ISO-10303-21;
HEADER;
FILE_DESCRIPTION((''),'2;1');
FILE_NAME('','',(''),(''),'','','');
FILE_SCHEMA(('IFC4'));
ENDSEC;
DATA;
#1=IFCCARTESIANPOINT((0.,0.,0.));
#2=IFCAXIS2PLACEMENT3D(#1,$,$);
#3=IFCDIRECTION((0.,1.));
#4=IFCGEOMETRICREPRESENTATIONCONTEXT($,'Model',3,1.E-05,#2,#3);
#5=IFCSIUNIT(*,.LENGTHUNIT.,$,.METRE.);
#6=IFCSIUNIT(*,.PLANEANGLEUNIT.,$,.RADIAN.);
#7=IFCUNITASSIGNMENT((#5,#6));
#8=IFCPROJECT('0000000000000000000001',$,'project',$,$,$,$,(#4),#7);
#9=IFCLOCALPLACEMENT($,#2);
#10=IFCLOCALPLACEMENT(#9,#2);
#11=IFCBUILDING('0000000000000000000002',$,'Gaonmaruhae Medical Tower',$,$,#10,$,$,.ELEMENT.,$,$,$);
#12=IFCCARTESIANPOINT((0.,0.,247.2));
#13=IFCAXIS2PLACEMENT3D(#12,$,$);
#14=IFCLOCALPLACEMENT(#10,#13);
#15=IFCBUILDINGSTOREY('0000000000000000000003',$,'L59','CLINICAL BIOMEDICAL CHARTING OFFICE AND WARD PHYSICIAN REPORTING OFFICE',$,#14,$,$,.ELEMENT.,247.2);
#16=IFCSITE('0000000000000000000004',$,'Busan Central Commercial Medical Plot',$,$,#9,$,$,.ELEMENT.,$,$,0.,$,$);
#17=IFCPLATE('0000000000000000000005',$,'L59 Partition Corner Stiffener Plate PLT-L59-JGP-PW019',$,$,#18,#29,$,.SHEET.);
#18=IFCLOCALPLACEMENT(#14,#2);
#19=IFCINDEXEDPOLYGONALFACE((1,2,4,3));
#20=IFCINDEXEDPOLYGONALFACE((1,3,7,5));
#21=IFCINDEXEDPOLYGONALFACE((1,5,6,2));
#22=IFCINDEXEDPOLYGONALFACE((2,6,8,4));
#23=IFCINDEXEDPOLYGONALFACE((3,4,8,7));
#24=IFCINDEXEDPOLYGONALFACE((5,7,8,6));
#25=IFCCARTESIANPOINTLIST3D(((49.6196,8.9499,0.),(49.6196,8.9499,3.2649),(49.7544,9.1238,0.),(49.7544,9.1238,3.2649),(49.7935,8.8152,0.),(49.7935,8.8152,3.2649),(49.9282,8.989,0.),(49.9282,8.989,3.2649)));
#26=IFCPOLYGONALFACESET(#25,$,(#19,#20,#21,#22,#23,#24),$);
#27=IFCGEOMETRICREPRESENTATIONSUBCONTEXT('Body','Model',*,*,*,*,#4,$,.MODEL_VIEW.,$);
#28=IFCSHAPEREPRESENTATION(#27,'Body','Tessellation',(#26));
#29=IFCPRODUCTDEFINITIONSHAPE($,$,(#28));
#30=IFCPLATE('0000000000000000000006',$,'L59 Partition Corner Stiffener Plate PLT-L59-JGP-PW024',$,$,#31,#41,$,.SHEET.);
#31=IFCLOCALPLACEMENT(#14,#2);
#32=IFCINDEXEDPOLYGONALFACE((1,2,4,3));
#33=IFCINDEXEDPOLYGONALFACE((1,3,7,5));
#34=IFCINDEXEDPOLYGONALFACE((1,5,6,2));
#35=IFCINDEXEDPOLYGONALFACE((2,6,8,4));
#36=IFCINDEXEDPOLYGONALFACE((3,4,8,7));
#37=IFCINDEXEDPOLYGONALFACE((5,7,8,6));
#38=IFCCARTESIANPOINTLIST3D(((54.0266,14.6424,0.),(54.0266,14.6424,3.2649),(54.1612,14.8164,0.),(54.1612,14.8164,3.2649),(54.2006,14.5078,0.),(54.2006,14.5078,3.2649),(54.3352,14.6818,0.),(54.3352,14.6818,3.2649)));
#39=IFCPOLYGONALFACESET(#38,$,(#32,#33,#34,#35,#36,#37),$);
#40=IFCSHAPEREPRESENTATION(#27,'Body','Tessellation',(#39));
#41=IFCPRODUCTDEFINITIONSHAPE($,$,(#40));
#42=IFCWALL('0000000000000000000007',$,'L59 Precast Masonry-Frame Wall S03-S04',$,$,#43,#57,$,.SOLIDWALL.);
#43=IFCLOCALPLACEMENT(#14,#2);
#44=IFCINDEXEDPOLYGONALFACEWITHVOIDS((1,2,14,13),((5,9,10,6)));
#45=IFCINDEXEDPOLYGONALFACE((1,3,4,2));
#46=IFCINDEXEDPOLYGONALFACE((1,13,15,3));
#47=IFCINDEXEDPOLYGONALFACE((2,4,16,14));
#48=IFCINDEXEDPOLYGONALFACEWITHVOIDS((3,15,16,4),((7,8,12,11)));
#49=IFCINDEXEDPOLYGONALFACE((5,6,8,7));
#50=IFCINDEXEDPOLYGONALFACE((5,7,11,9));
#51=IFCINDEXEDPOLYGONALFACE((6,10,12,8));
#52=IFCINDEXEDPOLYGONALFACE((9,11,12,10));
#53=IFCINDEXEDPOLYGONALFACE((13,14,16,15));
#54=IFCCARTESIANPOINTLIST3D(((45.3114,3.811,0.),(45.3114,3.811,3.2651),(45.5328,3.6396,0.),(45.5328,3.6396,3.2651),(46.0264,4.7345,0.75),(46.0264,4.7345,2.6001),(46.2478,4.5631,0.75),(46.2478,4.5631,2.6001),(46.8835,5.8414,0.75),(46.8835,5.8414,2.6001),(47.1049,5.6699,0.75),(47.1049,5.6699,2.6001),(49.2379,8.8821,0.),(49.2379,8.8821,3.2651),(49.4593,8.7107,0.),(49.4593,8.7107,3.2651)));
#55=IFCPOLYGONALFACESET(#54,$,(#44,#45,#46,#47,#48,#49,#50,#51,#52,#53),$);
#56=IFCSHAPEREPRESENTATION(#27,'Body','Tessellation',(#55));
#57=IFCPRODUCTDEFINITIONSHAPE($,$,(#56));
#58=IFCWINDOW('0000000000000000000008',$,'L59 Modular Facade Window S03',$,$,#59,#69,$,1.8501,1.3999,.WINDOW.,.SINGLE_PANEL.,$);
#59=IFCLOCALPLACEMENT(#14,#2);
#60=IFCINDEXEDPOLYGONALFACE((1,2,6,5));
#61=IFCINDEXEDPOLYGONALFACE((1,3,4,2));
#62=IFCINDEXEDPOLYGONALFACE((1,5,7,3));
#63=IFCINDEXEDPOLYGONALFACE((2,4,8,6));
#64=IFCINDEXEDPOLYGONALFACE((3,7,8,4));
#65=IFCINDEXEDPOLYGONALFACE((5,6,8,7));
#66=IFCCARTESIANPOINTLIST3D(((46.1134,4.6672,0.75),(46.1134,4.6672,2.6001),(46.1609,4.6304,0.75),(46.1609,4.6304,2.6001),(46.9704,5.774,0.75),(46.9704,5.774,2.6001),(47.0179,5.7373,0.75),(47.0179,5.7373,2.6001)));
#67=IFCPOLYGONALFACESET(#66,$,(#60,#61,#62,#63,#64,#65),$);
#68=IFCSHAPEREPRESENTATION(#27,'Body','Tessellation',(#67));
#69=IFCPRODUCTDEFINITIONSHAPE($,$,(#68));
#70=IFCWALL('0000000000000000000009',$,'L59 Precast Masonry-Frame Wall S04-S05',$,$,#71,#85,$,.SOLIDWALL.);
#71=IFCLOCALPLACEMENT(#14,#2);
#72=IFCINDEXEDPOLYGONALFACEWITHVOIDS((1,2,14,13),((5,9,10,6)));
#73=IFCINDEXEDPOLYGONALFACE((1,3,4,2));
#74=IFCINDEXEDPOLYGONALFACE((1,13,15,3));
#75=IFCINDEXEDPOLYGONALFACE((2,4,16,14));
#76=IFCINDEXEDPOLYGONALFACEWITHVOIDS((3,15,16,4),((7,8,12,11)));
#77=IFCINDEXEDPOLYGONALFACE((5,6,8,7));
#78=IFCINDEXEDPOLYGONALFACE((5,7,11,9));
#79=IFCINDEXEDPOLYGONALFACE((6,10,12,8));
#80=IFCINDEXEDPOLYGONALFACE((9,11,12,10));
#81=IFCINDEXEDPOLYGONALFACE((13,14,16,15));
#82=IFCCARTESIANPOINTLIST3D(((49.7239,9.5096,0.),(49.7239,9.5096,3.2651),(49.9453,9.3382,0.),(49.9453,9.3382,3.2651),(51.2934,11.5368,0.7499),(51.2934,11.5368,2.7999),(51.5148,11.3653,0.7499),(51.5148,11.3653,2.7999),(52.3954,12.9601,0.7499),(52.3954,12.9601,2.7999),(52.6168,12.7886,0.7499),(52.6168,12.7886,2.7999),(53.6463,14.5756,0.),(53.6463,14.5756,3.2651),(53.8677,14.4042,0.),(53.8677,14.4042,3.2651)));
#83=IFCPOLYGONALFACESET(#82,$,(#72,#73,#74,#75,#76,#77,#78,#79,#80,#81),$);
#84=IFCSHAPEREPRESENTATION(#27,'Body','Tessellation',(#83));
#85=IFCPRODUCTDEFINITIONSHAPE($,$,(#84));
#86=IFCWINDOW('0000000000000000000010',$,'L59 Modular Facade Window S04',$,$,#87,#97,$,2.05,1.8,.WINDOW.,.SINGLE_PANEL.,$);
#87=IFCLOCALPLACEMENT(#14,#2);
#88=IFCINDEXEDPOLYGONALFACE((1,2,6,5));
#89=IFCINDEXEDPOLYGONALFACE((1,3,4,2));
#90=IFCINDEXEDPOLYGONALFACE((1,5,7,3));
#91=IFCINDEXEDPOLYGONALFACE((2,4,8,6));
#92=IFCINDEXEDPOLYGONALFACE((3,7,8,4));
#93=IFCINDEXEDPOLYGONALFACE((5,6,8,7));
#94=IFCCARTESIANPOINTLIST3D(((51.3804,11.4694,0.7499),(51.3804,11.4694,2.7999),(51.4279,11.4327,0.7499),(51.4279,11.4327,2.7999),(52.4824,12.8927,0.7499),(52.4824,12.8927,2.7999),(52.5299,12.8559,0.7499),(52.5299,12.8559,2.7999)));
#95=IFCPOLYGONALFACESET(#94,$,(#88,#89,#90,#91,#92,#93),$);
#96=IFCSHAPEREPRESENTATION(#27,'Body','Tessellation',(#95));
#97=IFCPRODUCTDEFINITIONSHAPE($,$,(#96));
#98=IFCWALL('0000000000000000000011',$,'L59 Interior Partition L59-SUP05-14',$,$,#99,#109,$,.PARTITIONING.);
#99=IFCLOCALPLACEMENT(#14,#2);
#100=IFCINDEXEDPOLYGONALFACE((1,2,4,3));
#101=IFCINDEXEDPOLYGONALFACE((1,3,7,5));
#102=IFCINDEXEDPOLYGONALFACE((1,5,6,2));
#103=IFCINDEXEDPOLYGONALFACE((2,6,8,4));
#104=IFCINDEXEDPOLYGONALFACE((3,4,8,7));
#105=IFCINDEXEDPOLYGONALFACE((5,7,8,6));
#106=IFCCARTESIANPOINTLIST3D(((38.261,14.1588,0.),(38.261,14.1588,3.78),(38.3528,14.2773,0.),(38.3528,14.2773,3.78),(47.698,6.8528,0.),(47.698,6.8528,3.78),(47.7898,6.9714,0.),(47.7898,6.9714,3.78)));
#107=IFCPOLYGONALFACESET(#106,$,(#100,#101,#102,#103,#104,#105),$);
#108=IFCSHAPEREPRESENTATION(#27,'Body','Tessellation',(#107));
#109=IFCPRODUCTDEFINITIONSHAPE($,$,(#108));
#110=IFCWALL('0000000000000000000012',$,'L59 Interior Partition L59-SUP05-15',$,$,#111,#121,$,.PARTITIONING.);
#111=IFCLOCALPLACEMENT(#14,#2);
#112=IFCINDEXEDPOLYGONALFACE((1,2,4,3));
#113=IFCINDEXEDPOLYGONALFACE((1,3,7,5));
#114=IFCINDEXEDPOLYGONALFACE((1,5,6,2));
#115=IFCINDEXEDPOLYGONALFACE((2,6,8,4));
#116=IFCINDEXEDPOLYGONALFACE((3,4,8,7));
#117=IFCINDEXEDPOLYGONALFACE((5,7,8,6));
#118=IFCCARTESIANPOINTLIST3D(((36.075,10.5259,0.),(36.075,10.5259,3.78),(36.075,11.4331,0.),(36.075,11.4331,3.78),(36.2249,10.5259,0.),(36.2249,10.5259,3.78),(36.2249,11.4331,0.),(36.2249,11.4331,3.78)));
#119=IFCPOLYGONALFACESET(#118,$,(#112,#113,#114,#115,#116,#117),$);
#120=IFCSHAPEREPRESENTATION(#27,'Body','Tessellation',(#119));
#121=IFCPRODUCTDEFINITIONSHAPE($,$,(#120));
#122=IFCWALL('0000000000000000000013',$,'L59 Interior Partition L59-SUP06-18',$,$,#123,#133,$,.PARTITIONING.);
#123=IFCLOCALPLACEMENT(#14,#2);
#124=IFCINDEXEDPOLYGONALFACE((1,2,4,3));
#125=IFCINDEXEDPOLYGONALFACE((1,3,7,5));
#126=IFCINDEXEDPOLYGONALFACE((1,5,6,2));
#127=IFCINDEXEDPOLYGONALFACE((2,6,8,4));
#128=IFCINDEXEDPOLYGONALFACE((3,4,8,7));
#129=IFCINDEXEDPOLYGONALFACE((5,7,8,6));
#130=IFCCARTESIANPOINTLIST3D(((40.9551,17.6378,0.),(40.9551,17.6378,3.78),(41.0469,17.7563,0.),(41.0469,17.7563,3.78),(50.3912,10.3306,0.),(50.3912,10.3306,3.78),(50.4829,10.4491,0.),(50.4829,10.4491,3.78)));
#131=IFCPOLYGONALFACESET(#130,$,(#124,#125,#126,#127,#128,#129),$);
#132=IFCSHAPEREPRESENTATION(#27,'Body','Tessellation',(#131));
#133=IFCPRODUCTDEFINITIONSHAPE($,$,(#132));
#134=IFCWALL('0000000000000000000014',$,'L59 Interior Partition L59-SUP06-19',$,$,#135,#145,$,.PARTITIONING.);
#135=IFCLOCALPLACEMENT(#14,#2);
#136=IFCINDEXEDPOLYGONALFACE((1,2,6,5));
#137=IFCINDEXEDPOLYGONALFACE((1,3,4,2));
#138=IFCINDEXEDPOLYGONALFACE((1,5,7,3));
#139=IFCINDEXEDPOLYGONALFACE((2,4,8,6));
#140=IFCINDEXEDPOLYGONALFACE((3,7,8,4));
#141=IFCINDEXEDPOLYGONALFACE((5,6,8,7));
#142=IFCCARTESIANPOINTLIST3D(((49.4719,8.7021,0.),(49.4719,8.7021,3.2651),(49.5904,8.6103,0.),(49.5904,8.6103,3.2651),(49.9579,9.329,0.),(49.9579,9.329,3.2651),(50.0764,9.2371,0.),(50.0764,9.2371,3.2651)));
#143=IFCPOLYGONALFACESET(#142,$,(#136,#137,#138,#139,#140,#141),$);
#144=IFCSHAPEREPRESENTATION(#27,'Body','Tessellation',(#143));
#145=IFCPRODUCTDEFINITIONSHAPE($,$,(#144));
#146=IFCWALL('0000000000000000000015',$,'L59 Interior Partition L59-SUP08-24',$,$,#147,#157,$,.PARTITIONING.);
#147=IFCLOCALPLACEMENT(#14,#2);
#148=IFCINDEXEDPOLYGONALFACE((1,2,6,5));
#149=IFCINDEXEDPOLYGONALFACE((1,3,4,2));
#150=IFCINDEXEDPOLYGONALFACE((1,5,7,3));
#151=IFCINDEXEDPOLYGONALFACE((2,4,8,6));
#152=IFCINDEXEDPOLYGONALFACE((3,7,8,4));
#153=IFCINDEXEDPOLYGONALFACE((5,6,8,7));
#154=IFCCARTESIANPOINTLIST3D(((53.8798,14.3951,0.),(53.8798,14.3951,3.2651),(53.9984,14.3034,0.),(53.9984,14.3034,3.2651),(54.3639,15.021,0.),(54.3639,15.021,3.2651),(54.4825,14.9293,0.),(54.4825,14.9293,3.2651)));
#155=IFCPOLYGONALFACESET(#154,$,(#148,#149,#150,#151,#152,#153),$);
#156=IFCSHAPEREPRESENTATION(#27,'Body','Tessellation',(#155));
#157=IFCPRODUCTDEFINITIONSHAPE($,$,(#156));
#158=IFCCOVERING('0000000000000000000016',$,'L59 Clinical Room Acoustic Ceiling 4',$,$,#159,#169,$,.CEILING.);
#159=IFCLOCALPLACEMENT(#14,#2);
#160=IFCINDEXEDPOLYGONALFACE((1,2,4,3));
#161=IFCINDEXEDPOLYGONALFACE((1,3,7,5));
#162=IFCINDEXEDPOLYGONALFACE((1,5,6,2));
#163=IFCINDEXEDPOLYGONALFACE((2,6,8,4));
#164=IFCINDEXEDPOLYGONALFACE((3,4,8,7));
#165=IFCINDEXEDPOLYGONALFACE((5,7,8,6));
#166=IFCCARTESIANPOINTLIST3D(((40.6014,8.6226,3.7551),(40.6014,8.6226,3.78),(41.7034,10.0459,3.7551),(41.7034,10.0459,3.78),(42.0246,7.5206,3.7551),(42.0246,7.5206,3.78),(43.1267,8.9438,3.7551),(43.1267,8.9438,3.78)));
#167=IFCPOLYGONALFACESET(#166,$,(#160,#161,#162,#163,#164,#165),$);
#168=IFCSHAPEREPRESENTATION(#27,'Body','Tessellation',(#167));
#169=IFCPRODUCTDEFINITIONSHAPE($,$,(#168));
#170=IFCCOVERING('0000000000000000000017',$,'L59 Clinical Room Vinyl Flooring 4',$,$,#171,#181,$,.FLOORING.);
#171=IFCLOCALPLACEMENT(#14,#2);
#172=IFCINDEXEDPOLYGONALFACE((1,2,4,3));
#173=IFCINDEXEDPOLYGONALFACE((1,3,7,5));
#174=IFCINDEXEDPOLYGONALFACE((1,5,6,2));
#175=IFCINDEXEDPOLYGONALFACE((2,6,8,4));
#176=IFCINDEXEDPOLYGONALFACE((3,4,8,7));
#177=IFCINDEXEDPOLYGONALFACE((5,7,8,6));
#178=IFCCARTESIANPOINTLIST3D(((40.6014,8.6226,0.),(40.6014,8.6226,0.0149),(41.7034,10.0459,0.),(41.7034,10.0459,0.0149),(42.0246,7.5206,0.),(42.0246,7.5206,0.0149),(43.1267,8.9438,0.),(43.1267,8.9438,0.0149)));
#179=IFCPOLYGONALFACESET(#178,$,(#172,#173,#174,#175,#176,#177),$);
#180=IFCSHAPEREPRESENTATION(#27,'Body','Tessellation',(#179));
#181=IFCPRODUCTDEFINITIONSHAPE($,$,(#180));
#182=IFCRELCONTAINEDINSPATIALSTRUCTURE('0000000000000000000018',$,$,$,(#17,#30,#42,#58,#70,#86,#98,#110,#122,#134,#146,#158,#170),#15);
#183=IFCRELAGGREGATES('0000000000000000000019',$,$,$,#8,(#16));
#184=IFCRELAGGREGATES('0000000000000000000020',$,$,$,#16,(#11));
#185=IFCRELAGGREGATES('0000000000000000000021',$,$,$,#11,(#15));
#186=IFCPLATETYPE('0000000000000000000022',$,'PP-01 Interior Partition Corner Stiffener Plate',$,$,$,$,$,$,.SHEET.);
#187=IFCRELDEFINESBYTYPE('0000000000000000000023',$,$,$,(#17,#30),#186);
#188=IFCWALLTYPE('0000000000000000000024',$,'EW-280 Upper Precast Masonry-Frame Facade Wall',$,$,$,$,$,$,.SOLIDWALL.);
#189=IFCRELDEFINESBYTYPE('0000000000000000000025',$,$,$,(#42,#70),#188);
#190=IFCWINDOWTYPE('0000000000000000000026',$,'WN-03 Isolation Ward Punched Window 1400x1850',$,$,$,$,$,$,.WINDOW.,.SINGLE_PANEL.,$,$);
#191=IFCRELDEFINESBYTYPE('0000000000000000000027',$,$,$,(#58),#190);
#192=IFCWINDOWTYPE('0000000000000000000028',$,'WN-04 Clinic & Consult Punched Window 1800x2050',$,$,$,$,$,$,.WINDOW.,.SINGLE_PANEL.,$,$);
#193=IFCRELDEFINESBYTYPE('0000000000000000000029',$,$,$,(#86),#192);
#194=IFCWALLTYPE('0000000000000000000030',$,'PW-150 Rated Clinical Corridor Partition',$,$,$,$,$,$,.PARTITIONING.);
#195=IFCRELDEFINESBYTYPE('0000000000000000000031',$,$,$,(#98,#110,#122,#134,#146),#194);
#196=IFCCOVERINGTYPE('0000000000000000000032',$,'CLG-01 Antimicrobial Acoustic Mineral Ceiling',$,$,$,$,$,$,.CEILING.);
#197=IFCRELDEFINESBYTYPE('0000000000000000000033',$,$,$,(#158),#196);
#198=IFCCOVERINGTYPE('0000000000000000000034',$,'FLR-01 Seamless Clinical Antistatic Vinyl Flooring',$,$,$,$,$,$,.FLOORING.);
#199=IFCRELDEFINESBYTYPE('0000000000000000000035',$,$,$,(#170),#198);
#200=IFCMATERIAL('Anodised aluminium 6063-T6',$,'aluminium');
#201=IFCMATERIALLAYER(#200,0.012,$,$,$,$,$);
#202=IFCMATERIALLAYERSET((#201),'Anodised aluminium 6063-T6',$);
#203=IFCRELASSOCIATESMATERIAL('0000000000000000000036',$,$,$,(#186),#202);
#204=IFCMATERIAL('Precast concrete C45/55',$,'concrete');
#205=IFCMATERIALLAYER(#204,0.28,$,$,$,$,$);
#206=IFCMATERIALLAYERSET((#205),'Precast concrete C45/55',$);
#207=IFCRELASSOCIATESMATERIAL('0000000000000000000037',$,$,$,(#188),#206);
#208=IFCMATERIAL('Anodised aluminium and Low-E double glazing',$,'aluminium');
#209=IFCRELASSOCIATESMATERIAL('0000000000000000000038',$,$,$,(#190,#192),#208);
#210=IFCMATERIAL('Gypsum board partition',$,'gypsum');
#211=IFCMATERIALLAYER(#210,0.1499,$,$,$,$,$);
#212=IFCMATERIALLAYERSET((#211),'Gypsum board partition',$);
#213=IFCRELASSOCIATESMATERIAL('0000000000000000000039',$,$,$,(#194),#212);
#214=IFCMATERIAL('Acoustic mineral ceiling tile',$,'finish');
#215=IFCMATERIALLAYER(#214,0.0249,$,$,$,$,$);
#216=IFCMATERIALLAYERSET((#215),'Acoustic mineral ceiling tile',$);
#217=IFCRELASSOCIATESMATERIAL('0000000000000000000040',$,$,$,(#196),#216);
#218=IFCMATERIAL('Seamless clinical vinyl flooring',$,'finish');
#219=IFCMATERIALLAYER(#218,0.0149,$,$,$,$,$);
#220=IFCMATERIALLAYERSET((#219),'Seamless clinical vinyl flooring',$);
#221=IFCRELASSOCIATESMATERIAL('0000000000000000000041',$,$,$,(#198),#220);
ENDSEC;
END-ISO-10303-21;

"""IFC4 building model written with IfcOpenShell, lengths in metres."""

from ifc_helpers import new_model, si_unit, direction, frame, frame_2d, origin, origin_2d, place, context, subcontext, project, spatial, rectangle, extrude, material, layer, layer_set, type_object, element, fill, save


model = new_model("IFC4")

# Units and contexts
model_context = context("Model", 3, precision=1e-05, world=origin(), true_north=direction((0.0, 1.0)))
body_context = subcontext(model_context, "Body", "Model", "MODEL_VIEW")
ifc_project = project(units=[si_unit("LENGTHUNIT", "METRE"), si_unit("PLANEANGLEUNIT", "RADIAN")], contexts=[model_context])

# Site, building, storey
site_placement = place(None, origin())
site = spatial("IfcSite", under=ifc_project, at=site_placement, Name="Busan Central Commercial Medical Plot", CompositionType="ELEMENT", RefElevation=0.0)
building_placement = place(site_placement, origin())
building = spatial("IfcBuilding", under=site, at=building_placement, Name="Gaonmaruhae Medical Tower", CompositionType="ELEMENT")
storey_placement = place(building_placement, frame((0.0, 0.0, 247.2)))
storey = spatial("IfcBuildingStorey", under=building, at=storey_placement, Name="L59", Description="CLINICAL BIOMEDICAL CHARTING OFFICE AND WARD PHYSICIAN REPORTING OFFICE", CompositionType="ELEMENT", Elevation=247.2)

# Plates
ifc_material_1 = material(Name="Anodised aluminium 6063-T6", Category="aluminium")
ifc_layer_1 = layer(ifc_material_1, 0.012)
ifc_layer_set_1 = layer_set([ifc_layer_1], Name="Anodised aluminium 6063-T6")
plate_type = type_object("IfcPlateType", Name="PP-01 Interior Partition Corner Stiffener Plate", PredefinedType="SHEET", material=ifc_layer_set_1)
for number, where, z_axis, x_axis, name in (
    (1, (49.7739, 8.9695, 0.0), (0.0, 0.0, 1.0), (-0.612631, -0.790369, 0.0), "L59 Partition Corner Stiffener Plate PLT-L59-JGP-PW019"),
    (2, (54.1809, 14.6621, 0.0), (0.0, 0.0, 1.0), (-0.611665, -0.791117, 0.0), "L59 Partition Corner Stiffener Plate PLT-L59-JGP-PW024"),
):
    element("IfcPlate", number, at=place(storey_placement, frame(where, z_axis=z_axis, x_axis=x_axis)), inside=storey, type_object=plate_type, Name=name, PredefinedType="SHEET", context=body_context, shape_type="SweptSolid", body=[
        extrude(rectangle(XDim=0.22, YDim=0.22, at=origin_2d()), origin(), (0.0, 0.0, 1.0), 3.2649),
    ])

# Walls, openings, windows
ifc_material_2 = material(Name="Precast concrete C45/55", Category="concrete")
ifc_layer_2 = layer(ifc_material_2, 0.28)
ifc_layer_set_2 = layer_set([ifc_layer_2], Name="Precast concrete C45/55")
wall_type_1 = type_object("IfcWallType", Name="EW-280 Upper Precast Masonry-Frame Facade Wall", PredefinedType="SOLIDWALL", material=ifc_layer_set_2)
wall_1_placement = place(storey_placement, frame((49.3486, 8.7964, 0.0), z_axis=(0.0, 0.0, 1.0), x_axis=(-0.612226, -0.790683, 0.0)))
wall_1 = element("IfcWall", 3, at=wall_1_placement, inside=storey, type_object=wall_type_1, Name="L59 Precast Masonry-Frame Wall S03-S04", PredefinedType="SOLIDWALL", context=body_context, shape_type="SweptSolid", body=[
    extrude(rectangle(XDim=6.4136, YDim=0.28, at=frame_2d((3.2068, 0.0))), origin(), (0.0, 0.0, 1.0), 3.2651),
])
opening_1_placement = place(wall_1_placement, frame((3.8457, 0.0, 0.75)))
opening_1 = element("IfcOpeningElement", 4, at=opening_1_placement, cuts=wall_1, PredefinedType="OPENING", context=body_context, shape_type="SweptSolid", body=[
    extrude(rectangle(XDim=1.3999, YDim=1.8501, at=frame_2d((0.7, 0.925))), frame((0.0, 0.1499, 0.0), z_axis=(0.0, -1.0, 0.0), x_axis=(1.0, 0.0, 0.0)), (0.0, 0.0, 1.0), 0.3),
])
ifc_material_3 = material(Name="Anodised aluminium and Low-E double glazing", Category="aluminium")
window_type_1 = type_object("IfcWindowType", Name="WN-03 Isolation Ward Punched Window 1400x1850", PartitioningType="SINGLE_PANEL", PredefinedType="WINDOW", material=ifc_material_3)
window_1_placement = place(opening_1_placement, origin())
window_1 = element("IfcWindow", 5, at=window_1_placement, inside=storey, type_object=window_type_1, Name="L59 Modular Facade Window S03", OverallHeight=1.8501, OverallWidth=1.3999, PartitioningType="SINGLE_PANEL", PredefinedType="WINDOW", context=body_context, shape_type="SweptSolid", body=[
    extrude(rectangle(XDim=1.3999, YDim=1.8501, at=frame_2d((0.7, 0.925))), frame((0.0, 0.03, 0.0), z_axis=(0.0, -1.0, 0.0), x_axis=(1.0, 0.0, 0.0)), (0.0, 0.0, 1.0), 0.0601),
])
fill(opening_1, window_1)
wall_2_placement = place(storey_placement, frame((53.7571, 14.49, 0.0), z_axis=(0.0, 0.0, 1.0), x_axis=(-0.612209, -0.790696, 0.0)))
wall_2 = element("IfcWall", 6, at=wall_2_placement, inside=storey, type_object=wall_type_1, Name="L59 Precast Masonry-Frame Wall S04-S05", PredefinedType="SOLIDWALL", context=body_context, shape_type="SweptSolid", body=[
    extrude(rectangle(XDim=6.407, YDim=0.28, at=frame_2d((3.2036, 0.0))), origin(), (0.0, 0.0, 1.0), 3.2651),
])
opening_2_placement = place(wall_2_placement, frame((2.0435, 0.0, 0.75)))
opening_2 = element("IfcOpeningElement", 7, at=opening_2_placement, cuts=wall_2, PredefinedType="OPENING", context=body_context, shape_type="SweptSolid", body=[
    extrude(rectangle(XDim=1.8, YDim=2.05, at=frame_2d((0.8999, 1.0249))), frame((0.0, 0.1499, 0.0), z_axis=(0.0, -1.0, 0.0), x_axis=(1.0, 0.0, 0.0)), (0.0, 0.0, 1.0), 0.3),
])
window_type_2 = type_object("IfcWindowType", Name="WN-04 Clinic & Consult Punched Window 1800x2050", PartitioningType="SINGLE_PANEL", PredefinedType="WINDOW", material=ifc_material_3)
window_2_placement = place(opening_2_placement, origin())
window_2 = element("IfcWindow", 8, at=window_2_placement, inside=storey, type_object=window_type_2, Name="L59 Modular Facade Window S04", OverallHeight=2.05, OverallWidth=1.8, PartitioningType="SINGLE_PANEL", PredefinedType="WINDOW", context=body_context, shape_type="SweptSolid", body=[
    extrude(rectangle(XDim=1.8, YDim=2.05, at=frame_2d((0.8999, 1.0249))), frame((0.0, 0.03, 0.0), z_axis=(0.0, -1.0, 0.0), x_axis=(1.0, 0.0, 0.0)), (0.0, 0.0, 1.0), 0.0601),
])
fill(opening_2, window_2)

# Walls
ifc_material_4 = material(Name="Gypsum board partition", Category="gypsum")
ifc_layer_3 = layer(ifc_material_4, 0.1499)
ifc_layer_set_3 = layer_set([ifc_layer_3], Name="Gypsum board partition")
wall_type_2 = type_object("IfcWallType", Name="PW-150 Rated Clinical Corridor Partition", PredefinedType="PARTITIONING", material=ifc_layer_set_3)
wall_3_placement = place(storey_placement, frame((38.3069, 14.218, 0.0), z_axis=(0.0, 0.0, 1.0), x_axis=(0.79073, -0.612165, 0.0)))
element("IfcWall", 9, at=wall_3_placement, inside=storey, type_object=wall_type_2, Name="L59 Interior Partition L59-SUP05-14", PredefinedType="PARTITIONING", context=body_context, shape_type="SweptSolid", body=[
    extrude(rectangle(XDim=11.9346, YDim=0.1499, at=frame_2d((5.9673, 0.0))), origin(), (0.0, 0.0, 1.0), 3.78),
])
wall_4_placement = place(storey_placement, frame((36.1499, 10.5259, 0.0), z_axis=(0.0, 0.0, 1.0), x_axis=(0.0, 1.0, 0.0)))
element("IfcWall", 10, at=wall_4_placement, inside=storey, type_object=wall_type_2, Name="L59 Interior Partition L59-SUP05-15", PredefinedType="PARTITIONING", context=body_context, shape_type="SweptSolid", body=[
    extrude(rectangle(XDim=0.9072, YDim=0.1499, at=frame_2d((0.4536, 0.0))), origin(), (0.0, 0.0, 1.0), 3.78),
])

# Walls
wall_5_placement = place(storey_placement, frame((41.001, 17.697, 0.0), z_axis=(0.0, 0.0, 1.0), x_axis=(0.79065, -0.612268, 0.0)))
element("IfcWall", 11, at=wall_5_placement, inside=storey, type_object=wall_type_2, Name="L59 Interior Partition L59-SUP06-18", PredefinedType="PARTITIONING", context=body_context, shape_type="SweptSolid", body=[
    extrude(rectangle(XDim=11.9346, YDim=0.1499, at=frame_2d((5.9673, 0.0))), origin(), (0.0, 0.0, 1.0), 3.78),
])
wall_6_placement = place(storey_placement, frame((50.0171, 9.283, 0.0), z_axis=(0.0, 0.0, 1.0), x_axis=(-0.612725, -0.790296, 0.0)))
element("IfcWall", 12, at=wall_6_placement, inside=storey, type_object=wall_type_2, Name="L59 Interior Partition L59-SUP06-19", PredefinedType="PARTITIONING", context=body_context, shape_type="SweptSolid", body=[
    extrude(rectangle(XDim=0.7932, YDim=0.1499, at=frame_2d((0.3965, 0.0))), origin(), (0.0, 0.0, 1.0), 3.2651),
])

# Wall
wall_7_placement = place(storey_placement, frame((54.4231, 14.9751, 0.0), z_axis=(0.0, 0.0, 1.0), x_axis=(-0.611781, -0.791027, 0.0)))
element("IfcWall", 13, at=wall_7_placement, inside=storey, type_object=wall_type_2, Name="L59 Interior Partition L59-SUP08-24", PredefinedType="PARTITIONING", context=body_context, shape_type="SweptSolid", body=[
    extrude(rectangle(XDim=0.7913, YDim=0.1499, at=frame_2d((0.3955, 0.0))), origin(), (0.0, 0.0, 1.0), 3.2651),
])

# Coverings
ifc_material_5 = material(Name="Acoustic mineral ceiling tile", Category="finish")
ifc_layer_4 = layer(ifc_material_5, 0.0249)
ifc_layer_set_4 = layer_set([ifc_layer_4], Name="Acoustic mineral ceiling tile")
covering_type_1 = type_object("IfcCoveringType", Name="CLG-01 Antimicrobial Acoustic Mineral Ceiling", PredefinedType="CEILING", material=ifc_layer_set_4)
covering_1_placement = place(storey_placement, frame((41.864, 8.7832, 3.7551), z_axis=(0.0, 0.0, 1.0), x_axis=(0.612217, 0.79069, 0.0)))
element("IfcCovering", 14, at=covering_1_placement, inside=storey, type_object=covering_type_1, Name="L59 Clinical Room Acoustic Ceiling 4", PredefinedType="CEILING", context=body_context, shape_type="SweptSolid", body=[
    extrude(rectangle(XDim=1.8, YDim=1.8, at=origin_2d()), origin(), (0.0, 0.0, 1.0), 0.0249),
])
ifc_material_6 = material(Name="Seamless clinical vinyl flooring", Category="finish")
ifc_layer_5 = layer(ifc_material_6, 0.0149)
ifc_layer_set_5 = layer_set([ifc_layer_5], Name="Seamless clinical vinyl flooring")
covering_type_2 = type_object("IfcCoveringType", Name="FLR-01 Seamless Clinical Antistatic Vinyl Flooring", PredefinedType="FLOORING", material=ifc_layer_set_5)
covering_2_placement = place(storey_placement, frame((41.864, 8.7832, 0.0), z_axis=(0.0, 0.0, 1.0), x_axis=(0.612217, 0.79069, 0.0)))
element("IfcCovering", 15, at=covering_2_placement, inside=storey, type_object=covering_type_2, Name="L59 Clinical Room Vinyl Flooring 4", PredefinedType="FLOORING", context=body_context, shape_type="SweptSolid", body=[
    extrude(rectangle(XDim=1.8, YDim=1.8, at=origin_2d()), origin(), (0.0, 0.0, 1.0), 0.0149),
])

save(model, "model.ifc")
